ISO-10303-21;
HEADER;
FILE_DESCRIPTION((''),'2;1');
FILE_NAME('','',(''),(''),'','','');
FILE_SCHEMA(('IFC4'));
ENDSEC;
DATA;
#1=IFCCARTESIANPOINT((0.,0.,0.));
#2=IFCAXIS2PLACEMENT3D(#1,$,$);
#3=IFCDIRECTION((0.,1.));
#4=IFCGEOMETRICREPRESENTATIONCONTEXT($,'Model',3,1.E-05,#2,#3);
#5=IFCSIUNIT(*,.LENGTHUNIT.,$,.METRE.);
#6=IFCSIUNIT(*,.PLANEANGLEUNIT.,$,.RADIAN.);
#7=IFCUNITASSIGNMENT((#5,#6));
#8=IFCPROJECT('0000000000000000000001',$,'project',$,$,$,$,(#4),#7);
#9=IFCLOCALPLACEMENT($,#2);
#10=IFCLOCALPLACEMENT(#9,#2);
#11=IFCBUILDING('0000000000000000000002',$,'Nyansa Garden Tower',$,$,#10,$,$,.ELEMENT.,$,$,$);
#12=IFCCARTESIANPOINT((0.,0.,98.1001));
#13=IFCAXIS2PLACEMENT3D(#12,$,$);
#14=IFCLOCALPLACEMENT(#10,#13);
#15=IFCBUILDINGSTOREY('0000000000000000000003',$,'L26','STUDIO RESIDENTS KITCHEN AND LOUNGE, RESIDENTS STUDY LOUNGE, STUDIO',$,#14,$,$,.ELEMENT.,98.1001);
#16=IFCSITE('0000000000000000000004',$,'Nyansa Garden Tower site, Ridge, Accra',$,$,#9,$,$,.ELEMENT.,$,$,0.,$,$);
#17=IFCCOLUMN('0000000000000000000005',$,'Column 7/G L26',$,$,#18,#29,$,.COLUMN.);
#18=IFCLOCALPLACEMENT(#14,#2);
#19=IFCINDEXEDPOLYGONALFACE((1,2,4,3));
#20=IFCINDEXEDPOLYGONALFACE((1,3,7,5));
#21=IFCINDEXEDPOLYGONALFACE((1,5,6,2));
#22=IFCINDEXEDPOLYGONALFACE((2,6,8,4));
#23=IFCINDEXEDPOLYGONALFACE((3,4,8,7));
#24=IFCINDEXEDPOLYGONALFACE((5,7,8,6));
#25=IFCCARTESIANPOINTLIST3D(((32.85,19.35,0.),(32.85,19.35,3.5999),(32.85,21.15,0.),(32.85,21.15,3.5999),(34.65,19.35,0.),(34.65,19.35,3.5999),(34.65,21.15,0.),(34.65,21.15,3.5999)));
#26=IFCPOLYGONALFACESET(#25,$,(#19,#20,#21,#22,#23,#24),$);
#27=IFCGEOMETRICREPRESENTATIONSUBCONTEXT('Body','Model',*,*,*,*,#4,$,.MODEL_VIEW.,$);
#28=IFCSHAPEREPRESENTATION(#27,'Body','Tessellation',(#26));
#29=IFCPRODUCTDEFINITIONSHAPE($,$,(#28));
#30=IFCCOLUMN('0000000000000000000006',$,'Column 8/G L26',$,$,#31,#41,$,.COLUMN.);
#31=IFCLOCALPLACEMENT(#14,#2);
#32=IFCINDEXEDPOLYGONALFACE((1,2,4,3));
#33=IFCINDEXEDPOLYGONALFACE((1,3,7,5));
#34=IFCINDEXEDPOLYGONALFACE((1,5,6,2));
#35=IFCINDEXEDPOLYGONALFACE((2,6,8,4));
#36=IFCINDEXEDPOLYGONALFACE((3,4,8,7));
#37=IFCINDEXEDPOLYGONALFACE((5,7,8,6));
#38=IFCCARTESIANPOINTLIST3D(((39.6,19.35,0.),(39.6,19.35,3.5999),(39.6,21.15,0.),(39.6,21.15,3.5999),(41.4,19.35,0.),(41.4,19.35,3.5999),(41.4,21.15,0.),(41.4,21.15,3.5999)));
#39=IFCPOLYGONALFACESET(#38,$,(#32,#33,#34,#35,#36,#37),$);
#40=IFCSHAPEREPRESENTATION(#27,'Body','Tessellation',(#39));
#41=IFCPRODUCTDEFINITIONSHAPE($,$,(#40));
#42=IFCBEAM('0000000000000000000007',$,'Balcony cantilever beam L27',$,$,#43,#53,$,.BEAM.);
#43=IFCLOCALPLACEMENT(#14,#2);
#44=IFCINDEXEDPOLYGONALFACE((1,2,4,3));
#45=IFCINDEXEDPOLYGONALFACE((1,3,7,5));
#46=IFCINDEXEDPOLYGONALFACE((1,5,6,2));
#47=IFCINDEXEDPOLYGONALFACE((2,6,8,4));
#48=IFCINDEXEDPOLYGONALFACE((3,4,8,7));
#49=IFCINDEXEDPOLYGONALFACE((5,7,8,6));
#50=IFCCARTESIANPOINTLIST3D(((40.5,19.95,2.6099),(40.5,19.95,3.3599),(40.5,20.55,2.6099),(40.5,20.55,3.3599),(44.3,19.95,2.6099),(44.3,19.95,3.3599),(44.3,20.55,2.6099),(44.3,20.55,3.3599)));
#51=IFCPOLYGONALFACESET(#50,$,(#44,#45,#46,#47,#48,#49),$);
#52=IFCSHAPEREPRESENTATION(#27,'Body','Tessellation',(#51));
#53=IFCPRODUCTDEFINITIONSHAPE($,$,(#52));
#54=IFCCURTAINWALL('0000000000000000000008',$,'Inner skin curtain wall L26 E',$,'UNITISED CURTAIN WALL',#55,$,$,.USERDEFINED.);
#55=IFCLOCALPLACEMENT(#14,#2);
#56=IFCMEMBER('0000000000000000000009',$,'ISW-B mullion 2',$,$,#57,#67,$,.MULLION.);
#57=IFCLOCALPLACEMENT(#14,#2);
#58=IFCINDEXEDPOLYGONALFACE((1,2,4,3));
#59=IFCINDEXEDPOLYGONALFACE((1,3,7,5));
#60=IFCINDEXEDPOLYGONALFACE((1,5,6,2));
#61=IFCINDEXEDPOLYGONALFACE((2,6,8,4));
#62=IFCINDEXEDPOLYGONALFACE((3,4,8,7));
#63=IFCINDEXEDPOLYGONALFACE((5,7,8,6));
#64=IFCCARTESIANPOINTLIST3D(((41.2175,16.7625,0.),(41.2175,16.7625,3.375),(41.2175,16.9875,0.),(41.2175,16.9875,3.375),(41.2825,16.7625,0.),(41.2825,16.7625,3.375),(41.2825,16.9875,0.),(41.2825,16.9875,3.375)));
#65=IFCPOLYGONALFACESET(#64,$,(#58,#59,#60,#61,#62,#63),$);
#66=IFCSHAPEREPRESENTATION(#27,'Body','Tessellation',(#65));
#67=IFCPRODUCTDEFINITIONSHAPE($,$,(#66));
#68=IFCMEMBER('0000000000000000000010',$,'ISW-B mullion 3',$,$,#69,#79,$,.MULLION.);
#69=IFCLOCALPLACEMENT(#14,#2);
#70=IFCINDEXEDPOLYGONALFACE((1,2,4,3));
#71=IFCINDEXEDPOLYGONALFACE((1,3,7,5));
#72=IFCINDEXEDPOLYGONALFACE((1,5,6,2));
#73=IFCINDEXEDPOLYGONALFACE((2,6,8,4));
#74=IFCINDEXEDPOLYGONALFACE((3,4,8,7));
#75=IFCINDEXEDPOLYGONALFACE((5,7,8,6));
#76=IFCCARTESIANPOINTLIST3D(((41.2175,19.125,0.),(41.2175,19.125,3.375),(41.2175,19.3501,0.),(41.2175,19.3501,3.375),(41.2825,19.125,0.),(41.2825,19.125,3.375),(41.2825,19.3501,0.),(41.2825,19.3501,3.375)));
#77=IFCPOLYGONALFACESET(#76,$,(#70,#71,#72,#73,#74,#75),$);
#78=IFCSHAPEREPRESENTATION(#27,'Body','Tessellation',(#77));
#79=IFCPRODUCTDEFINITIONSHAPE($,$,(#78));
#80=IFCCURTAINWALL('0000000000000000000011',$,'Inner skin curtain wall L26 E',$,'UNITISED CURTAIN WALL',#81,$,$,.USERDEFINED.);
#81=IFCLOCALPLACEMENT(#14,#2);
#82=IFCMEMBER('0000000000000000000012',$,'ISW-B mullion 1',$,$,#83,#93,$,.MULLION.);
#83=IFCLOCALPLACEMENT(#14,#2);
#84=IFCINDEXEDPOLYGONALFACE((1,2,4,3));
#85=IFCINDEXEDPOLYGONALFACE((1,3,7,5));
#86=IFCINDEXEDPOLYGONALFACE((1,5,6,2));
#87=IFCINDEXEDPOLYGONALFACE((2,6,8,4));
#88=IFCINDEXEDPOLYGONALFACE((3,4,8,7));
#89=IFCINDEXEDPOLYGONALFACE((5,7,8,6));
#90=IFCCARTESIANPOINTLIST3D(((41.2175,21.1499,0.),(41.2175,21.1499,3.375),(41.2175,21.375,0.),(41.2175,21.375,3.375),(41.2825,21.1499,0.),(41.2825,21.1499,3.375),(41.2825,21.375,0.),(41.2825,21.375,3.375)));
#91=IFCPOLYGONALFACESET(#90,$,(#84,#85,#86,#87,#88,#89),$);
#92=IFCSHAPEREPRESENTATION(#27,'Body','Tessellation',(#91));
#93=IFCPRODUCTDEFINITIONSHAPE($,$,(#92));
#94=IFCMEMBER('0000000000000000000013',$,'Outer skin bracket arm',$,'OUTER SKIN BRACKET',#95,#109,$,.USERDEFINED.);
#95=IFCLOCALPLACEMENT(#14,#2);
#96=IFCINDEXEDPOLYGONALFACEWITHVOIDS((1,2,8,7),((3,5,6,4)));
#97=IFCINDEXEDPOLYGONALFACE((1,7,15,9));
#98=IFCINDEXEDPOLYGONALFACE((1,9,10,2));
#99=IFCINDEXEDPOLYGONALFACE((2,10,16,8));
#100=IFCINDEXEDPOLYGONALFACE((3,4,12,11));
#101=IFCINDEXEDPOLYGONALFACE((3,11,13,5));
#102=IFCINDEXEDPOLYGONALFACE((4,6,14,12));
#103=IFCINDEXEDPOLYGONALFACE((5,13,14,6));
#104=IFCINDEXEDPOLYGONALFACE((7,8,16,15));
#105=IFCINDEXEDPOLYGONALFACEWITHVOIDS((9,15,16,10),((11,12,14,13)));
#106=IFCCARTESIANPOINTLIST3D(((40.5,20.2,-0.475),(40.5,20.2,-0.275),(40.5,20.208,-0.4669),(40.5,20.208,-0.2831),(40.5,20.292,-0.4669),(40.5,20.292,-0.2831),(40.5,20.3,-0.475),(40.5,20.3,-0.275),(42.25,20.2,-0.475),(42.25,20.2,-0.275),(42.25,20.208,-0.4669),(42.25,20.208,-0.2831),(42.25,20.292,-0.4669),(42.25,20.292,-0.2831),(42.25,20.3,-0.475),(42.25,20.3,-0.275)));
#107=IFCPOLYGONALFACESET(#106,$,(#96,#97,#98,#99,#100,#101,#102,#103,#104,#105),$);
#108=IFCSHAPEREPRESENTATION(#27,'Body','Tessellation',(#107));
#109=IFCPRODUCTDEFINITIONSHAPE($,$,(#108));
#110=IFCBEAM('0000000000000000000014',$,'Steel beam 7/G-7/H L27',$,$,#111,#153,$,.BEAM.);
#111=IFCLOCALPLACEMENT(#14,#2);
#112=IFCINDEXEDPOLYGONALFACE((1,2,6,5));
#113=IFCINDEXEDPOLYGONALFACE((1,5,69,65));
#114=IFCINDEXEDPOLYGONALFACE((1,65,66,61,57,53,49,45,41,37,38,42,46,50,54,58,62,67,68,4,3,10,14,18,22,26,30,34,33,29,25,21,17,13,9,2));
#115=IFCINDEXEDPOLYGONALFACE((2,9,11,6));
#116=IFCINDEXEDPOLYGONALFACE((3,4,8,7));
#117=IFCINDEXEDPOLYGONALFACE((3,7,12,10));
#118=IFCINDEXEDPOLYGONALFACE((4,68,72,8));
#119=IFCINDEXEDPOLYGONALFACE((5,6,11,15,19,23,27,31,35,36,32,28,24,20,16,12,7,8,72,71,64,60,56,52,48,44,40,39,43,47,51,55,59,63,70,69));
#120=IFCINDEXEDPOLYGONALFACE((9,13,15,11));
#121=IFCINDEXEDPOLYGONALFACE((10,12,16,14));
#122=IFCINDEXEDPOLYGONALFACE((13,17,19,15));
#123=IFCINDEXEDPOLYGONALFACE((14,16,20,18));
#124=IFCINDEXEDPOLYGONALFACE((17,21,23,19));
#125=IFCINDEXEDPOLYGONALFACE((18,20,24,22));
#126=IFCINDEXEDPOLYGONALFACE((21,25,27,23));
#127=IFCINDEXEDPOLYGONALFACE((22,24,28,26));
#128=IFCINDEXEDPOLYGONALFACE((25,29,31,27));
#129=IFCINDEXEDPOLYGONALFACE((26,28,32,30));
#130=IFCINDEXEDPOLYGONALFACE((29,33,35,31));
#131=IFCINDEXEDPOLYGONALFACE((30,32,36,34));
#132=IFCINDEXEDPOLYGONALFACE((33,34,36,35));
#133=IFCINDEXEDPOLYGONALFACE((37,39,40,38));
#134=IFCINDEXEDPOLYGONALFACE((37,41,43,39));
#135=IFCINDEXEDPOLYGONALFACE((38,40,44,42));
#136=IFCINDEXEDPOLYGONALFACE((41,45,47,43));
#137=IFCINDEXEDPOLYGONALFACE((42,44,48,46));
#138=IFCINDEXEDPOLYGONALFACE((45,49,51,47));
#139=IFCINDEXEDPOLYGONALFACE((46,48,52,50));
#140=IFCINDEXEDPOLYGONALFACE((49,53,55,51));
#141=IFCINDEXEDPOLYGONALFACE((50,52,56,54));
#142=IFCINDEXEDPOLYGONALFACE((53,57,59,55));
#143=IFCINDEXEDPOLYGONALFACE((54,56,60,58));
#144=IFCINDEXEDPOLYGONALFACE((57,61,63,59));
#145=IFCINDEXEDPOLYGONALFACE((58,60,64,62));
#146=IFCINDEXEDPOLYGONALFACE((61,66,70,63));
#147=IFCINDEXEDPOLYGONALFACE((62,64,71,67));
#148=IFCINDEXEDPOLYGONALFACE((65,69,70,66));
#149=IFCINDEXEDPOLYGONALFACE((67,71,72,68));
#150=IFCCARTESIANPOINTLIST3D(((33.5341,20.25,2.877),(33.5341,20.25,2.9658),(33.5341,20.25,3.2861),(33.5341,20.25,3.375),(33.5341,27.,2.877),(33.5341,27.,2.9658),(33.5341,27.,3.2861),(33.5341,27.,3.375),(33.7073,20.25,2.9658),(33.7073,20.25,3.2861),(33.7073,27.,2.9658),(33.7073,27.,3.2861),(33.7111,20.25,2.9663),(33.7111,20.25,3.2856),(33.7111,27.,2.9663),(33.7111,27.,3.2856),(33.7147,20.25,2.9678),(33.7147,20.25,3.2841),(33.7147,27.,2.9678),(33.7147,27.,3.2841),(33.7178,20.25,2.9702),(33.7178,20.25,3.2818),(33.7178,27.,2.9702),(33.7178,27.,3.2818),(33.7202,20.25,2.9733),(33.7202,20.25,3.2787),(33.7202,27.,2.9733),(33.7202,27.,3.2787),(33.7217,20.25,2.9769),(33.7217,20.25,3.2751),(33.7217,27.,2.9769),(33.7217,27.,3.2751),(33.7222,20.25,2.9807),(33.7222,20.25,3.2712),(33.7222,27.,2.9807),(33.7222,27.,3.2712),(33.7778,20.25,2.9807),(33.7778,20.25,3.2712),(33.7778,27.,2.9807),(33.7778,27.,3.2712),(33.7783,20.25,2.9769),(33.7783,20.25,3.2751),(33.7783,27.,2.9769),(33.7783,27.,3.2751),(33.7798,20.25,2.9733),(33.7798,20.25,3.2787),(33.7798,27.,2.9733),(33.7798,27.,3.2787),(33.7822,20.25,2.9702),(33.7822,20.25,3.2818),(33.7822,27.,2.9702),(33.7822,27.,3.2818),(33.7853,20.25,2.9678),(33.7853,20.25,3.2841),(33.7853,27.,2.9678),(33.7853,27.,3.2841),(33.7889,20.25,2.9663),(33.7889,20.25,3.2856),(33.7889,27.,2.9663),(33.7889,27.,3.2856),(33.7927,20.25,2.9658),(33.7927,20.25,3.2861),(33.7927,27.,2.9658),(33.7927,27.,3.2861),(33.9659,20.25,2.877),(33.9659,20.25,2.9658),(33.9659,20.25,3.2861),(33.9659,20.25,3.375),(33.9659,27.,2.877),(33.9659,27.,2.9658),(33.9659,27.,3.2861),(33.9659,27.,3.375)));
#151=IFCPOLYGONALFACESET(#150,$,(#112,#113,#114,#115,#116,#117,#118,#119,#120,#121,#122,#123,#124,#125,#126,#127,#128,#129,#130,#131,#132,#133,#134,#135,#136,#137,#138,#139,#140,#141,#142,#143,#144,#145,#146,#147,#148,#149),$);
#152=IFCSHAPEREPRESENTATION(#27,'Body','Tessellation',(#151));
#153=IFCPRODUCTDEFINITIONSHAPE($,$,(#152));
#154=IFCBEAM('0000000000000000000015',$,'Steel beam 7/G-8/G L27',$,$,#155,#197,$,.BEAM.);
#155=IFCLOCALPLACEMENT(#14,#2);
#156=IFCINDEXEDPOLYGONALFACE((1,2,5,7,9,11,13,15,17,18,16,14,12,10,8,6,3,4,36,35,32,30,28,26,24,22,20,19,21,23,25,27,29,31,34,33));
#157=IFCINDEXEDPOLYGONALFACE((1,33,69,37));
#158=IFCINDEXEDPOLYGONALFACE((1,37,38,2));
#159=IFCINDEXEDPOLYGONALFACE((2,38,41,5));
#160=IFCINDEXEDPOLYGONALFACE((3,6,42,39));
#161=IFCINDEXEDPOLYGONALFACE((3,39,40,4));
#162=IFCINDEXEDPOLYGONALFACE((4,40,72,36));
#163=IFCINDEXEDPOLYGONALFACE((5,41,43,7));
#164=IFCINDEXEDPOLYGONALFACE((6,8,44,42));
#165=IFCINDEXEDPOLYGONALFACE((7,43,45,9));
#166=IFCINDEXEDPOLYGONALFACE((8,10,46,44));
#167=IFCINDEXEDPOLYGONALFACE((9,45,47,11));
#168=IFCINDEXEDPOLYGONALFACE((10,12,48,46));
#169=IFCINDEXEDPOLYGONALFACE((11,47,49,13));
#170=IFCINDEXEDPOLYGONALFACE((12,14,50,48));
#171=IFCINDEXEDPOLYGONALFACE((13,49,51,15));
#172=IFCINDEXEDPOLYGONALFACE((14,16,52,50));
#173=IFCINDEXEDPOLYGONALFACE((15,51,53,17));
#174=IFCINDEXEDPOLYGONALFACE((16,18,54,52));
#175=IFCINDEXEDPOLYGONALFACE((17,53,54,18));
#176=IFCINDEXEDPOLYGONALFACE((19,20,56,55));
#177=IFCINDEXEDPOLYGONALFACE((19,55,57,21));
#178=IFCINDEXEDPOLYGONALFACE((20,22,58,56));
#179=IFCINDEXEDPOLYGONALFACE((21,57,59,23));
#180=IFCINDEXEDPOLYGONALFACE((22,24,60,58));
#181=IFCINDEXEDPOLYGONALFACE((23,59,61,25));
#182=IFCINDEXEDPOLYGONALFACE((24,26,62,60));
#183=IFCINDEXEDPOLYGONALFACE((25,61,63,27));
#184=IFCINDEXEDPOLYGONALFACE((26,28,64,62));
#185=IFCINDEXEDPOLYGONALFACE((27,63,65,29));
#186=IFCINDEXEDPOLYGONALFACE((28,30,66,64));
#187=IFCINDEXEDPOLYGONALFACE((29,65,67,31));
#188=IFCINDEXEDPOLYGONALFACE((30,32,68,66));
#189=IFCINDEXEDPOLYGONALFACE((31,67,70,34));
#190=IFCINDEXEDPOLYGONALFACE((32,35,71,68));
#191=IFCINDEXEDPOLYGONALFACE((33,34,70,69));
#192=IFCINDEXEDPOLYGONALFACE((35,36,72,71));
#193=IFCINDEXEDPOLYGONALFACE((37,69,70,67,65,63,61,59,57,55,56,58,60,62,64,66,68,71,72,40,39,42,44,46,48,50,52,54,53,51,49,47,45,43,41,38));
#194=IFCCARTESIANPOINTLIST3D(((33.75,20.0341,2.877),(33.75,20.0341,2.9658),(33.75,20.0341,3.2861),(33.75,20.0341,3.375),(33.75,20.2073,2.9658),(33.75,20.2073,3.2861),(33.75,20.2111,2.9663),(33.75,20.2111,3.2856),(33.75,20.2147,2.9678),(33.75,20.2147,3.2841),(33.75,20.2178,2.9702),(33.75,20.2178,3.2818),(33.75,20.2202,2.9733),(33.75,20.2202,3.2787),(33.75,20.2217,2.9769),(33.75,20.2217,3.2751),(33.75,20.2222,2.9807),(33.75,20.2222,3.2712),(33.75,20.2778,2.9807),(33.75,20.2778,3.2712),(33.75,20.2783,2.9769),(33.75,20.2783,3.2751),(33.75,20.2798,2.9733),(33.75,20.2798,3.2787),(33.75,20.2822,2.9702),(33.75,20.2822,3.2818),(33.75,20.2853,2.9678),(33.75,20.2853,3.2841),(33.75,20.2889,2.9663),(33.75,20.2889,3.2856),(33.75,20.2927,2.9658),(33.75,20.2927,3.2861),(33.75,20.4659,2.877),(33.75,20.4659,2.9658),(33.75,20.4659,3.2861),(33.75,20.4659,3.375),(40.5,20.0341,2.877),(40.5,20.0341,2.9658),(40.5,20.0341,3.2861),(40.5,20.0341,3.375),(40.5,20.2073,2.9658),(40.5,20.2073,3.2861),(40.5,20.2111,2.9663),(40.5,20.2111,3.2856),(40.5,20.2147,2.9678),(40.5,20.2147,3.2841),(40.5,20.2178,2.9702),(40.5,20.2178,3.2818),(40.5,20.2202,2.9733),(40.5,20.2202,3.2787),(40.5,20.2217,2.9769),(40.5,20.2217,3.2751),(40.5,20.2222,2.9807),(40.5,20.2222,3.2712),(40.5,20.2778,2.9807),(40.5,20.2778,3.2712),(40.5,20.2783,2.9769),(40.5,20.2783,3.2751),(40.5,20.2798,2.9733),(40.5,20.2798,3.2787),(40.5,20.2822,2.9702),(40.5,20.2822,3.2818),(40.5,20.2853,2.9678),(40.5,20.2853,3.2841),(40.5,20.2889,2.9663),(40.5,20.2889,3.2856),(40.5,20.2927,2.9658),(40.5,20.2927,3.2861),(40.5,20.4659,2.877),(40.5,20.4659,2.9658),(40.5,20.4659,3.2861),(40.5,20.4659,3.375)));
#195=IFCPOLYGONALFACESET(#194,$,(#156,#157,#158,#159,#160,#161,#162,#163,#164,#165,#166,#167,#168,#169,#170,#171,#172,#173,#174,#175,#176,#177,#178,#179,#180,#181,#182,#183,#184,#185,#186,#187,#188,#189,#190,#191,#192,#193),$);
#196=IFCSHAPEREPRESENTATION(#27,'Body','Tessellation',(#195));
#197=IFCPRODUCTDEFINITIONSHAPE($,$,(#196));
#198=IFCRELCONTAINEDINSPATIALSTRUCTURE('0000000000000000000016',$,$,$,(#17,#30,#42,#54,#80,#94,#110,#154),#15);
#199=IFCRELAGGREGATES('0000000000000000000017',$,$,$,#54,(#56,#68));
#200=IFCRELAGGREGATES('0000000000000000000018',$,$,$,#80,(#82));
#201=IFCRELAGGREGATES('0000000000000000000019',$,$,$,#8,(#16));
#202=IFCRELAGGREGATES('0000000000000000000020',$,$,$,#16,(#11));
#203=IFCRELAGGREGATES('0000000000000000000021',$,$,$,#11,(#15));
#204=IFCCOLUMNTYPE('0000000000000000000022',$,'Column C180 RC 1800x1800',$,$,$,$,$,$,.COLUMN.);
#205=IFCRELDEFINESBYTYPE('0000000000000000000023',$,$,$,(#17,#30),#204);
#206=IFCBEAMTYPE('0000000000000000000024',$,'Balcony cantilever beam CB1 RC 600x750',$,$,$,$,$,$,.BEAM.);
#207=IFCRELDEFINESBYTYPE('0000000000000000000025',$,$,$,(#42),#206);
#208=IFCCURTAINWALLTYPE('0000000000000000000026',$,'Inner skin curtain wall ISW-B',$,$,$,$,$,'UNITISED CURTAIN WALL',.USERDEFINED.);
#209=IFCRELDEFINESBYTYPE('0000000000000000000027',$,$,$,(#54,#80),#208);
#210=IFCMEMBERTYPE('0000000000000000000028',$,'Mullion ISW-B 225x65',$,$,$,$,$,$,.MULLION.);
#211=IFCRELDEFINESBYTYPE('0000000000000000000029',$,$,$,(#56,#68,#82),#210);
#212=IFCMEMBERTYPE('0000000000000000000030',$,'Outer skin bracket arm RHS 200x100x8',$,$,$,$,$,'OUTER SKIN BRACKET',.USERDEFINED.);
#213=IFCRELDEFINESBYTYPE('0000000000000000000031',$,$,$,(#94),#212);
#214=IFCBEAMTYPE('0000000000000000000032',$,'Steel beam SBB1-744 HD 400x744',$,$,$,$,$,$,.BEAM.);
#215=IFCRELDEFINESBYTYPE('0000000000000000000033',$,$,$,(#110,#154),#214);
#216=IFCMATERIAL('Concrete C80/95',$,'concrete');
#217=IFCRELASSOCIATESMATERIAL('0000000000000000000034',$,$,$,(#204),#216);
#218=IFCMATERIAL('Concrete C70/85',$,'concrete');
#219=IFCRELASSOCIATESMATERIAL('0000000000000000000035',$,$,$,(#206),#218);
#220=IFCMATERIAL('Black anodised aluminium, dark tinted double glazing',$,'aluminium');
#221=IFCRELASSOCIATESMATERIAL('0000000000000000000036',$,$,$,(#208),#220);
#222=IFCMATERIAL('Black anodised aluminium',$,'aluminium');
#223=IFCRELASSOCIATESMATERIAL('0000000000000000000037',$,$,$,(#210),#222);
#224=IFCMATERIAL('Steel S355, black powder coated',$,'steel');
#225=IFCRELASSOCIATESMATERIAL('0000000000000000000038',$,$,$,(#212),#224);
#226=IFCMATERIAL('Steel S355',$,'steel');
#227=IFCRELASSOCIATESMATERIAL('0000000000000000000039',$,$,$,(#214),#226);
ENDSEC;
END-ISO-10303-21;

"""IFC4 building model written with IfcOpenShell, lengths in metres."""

from ifc_helpers import new_model, si_unit, direction, frame, origin, origin_2d, place, context, subcontext, project, spatial, rectangle, hollow_rectangle, i_section, extrude, material, material_profile, profile_set, type_object, element, aggregate, save


model = new_model("IFC4")

# Units and contexts
model_context = context("Model", 3, precision=1e-05, world=origin(), true_north=direction((0.0, 1.0)))
body_context = subcontext(model_context, "Body", "Model", "MODEL_VIEW")
ifc_project = project(units=[si_unit("LENGTHUNIT", "METRE"), si_unit("PLANEANGLEUNIT", "RADIAN")], contexts=[model_context])

# Site, building, storey
site_placement = place(None, origin())
site = spatial("IfcSite", under=ifc_project, at=site_placement, Name="Nyansa Garden Tower site, Ridge, Accra", CompositionType="ELEMENT", RefElevation=0.0)
building_placement = place(site_placement, origin())
building = spatial("IfcBuilding", under=site, at=building_placement, Name="Nyansa Garden Tower", CompositionType="ELEMENT")
storey_placement = place(building_placement, frame((0.0, 0.0, 98.1001)))
storey = spatial("IfcBuildingStorey", under=building, at=storey_placement, Name="L26", Description="STUDIO RESIDENTS KITCHEN AND LOUNGE, RESIDENTS STUDY LOUNGE, STUDIO", CompositionType="ELEMENT", Elevation=98.1001)

# Columns
ifc_material_1 = material(Name="Concrete C80/95", Category="concrete")
ifc_material_profile_1 = material_profile(ifc_material_1, rectangle(XDim=1.8, YDim=1.8, at=origin_2d()), Name="RC 1800x1800")
ifc_profile_set_1 = profile_set([ifc_material_profile_1], Name="Concrete C80/95")
column_type = type_object("IfcColumnType", Name="Column C180 RC 1800x1800", PredefinedType="COLUMN", material=ifc_profile_set_1)
for number, where, z_axis, x_axis, name in (
    (1, (33.75, 20.25, 0.0), (0.0, 0.0, 1.0), (1.0, 0.0, 0.0), "Column 7/G L26"),
    (2, (40.5, 20.25, 0.0), (0.0, 0.0, 1.0), (1.0, 0.0, 0.0), "Column 8/G L26"),
):
    element("IfcColumn", number, at=place(storey_placement, frame(where, z_axis=z_axis, x_axis=x_axis)), inside=storey, type_object=column_type, Name=name, PredefinedType="COLUMN", context=body_context, shape_type="SweptSolid", body=[
        extrude(rectangle(XDim=1.8, YDim=1.8, at=origin_2d()), origin(), (0.0, 0.0, 1.0), 3.5999),
    ])

# Beam
ifc_material_2 = material(Name="Concrete C70/85", Category="concrete")
ifc_material_profile_2 = material_profile(ifc_material_2, rectangle(XDim=0.6001, YDim=0.75, at=origin_2d()), Name="RC 600x750")
ifc_profile_set_2 = profile_set([ifc_material_profile_2], Name="Concrete C70/85")
beam_type_1 = type_object("IfcBeamType", Name="Balcony cantilever beam CB1 RC 600x750", PredefinedType="BEAM", material=ifc_profile_set_2)
beam_1_placement = place(storey_placement, frame((40.5, 20.25, 2.9849), z_axis=(1.0, 0.0, 0.0), x_axis=(0.0, 1.0, 0.0)))
element("IfcBeam", 3, at=beam_1_placement, inside=storey, type_object=beam_type_1, Name="Balcony cantilever beam L27", PredefinedType="BEAM", context=body_context, shape_type="SweptSolid", body=[
    extrude(rectangle(XDim=0.6001, YDim=0.75, at=origin_2d()), origin(), (0.0, 0.0, 1.0), 3.8),
])

# Curtain wall, members
ifc_material_3 = material(Name="Black anodised aluminium, dark tinted double glazing", Category="aluminium")
curtain_wall_type = type_object("IfcCurtainWallType", Name="Inner skin curtain wall ISW-B", ElementType="UNITISED CURTAIN WALL", PredefinedType="USERDEFINED", material=ifc_material_3)
curtain_wall_1_placement = place(storey_placement, origin())
curtain_wall_1 = element("IfcCurtainWall", 4, at=curtain_wall_1_placement, inside=storey, type_object=curtain_wall_type, Name="Inner skin curtain wall L26 E", ObjectType="UNITISED CURTAIN WALL", PredefinedType="USERDEFINED")
ifc_material_4 = material(Name="Black anodised aluminium", Category="aluminium")
ifc_material_profile_3 = material_profile(ifc_material_4, rectangle(XDim=0.0649, YDim=0.2251, at=origin_2d()), Name="Mullion 225x65")
ifc_profile_set_3 = profile_set([ifc_material_profile_3], Name="Black anodised aluminium")
member_type_1 = type_object("IfcMemberType", Name="Mullion ISW-B 225x65", PredefinedType="MULLION", material=ifc_profile_set_3)
member_1_placement = place(storey_placement, frame((41.25, 16.875, 0.0), z_axis=(0.0, 0.0, 1.0), x_axis=(-1.0, 0.0, 0.0)))
member_1 = element("IfcMember", 5, at=member_1_placement, type_object=member_type_1, Name="ISW-B mullion 2", PredefinedType="MULLION", context=body_context, shape_type="SweptSolid", body=[
    extrude(rectangle(XDim=0.0649, YDim=0.2251, at=origin_2d()), origin(), (0.0, 0.0, 1.0), 3.375),
])
member_2_placement = place(storey_placement, frame((41.25, 19.2375, 0.0), z_axis=(0.0, 0.0, 1.0), x_axis=(-1.0, 0.0, 0.0)))
member_2 = element("IfcMember", 6, at=member_2_placement, type_object=member_type_1, Name="ISW-B mullion 3", PredefinedType="MULLION", context=body_context, shape_type="SweptSolid", body=[
    extrude(rectangle(XDim=0.0649, YDim=0.2251, at=origin_2d()), origin(), (0.0, 0.0, 1.0), 3.375),
])

# Curtain wall, member
curtain_wall_2_placement = place(storey_placement, origin())
curtain_wall_2 = element("IfcCurtainWall", 7, at=curtain_wall_2_placement, inside=storey, type_object=curtain_wall_type, Name="Inner skin curtain wall L26 E", ObjectType="UNITISED CURTAIN WALL", PredefinedType="USERDEFINED")
member_3_placement = place(storey_placement, frame((41.25, 21.2625, 0.0), z_axis=(0.0, 0.0, 1.0), x_axis=(-1.0, 0.0, 0.0)))
member_3 = element("IfcMember", 8, at=member_3_placement, type_object=member_type_1, Name="ISW-B mullion 1", PredefinedType="MULLION", context=body_context, shape_type="SweptSolid", body=[
    extrude(rectangle(XDim=0.0649, YDim=0.2251, at=origin_2d()), origin(), (0.0, 0.0, 1.0), 3.375),
])

# Member
ifc_material_5 = material(Name="Steel S355, black powder coated", Category="steel")
ifc_material_profile_4 = material_profile(ifc_material_5, hollow_rectangle(XDim=0.1001, YDim=0.2, WallThickness=0.0081, at=origin_2d()), Name="RHS 200x100x8")
ifc_profile_set_4 = profile_set([ifc_material_profile_4], Name="Steel S355, black powder coated")
member_type_2 = type_object("IfcMemberType", Name="Outer skin bracket arm RHS 200x100x8", ElementType="OUTER SKIN BRACKET", PredefinedType="USERDEFINED", material=ifc_profile_set_4)
member_4_placement = place(storey_placement, frame((40.5, 20.25, -0.375), z_axis=(1.0, 0.0, 0.0), x_axis=(0.0, 1.0, 0.0)))
element("IfcMember", 9, at=member_4_placement, inside=storey, type_object=member_type_2, Name="Outer skin bracket arm", ObjectType="OUTER SKIN BRACKET", PredefinedType="USERDEFINED", context=body_context, shape_type="SweptSolid", body=[
    extrude(hollow_rectangle(XDim=0.1001, YDim=0.2, WallThickness=0.0081, at=origin_2d()), origin(), (0.0, 0.0, 1.0), 1.75),
])

# Beams
ifc_material_6 = material(Name="Steel S355", Category="steel")
ifc_material_profile_5 = material_profile(ifc_material_6, i_section(OverallWidth=0.4319, OverallDepth=0.498, WebThickness=0.0557, FlangeThickness=0.0889, FilletRadius=0.0149, at=origin_2d()), Name="HD 400x744")
ifc_profile_set_5 = profile_set([ifc_material_profile_5], Name="Steel S355")
beam_type_2 = type_object("IfcBeamType", Name="Steel beam SBB1-744 HD 400x744", PredefinedType="BEAM", material=ifc_profile_set_5)
for number, where, z_axis, x_axis, name in (
    (10, (33.75, 20.25, 3.126), (0.0, 1.0, 0.0), (-1.0, 0.0, 0.0), "Steel beam 7/G-7/H L27"),
    (11, (33.75, 20.25, 3.126), (1.0, 0.0, 0.0), (0.0, 1.0, 0.0), "Steel beam 7/G-8/G L27"),
):
    element("IfcBeam", number, at=place(storey_placement, frame(where, z_axis=z_axis, x_axis=x_axis)), inside=storey, type_object=beam_type_2, Name=name, PredefinedType="BEAM", context=body_context, shape_type="SweptSolid", body=[
        extrude(i_section(OverallWidth=0.4319, OverallDepth=0.498, WebThickness=0.0557, FlangeThickness=0.0889, FilletRadius=0.0149, at=origin_2d()), origin(), (0.0, 0.0, 1.0), 6.75),
    ])

aggregate(curtain_wall_1, [member_1, member_2])
aggregate(curtain_wall_2, [member_3])

save(model, "model.ifc")
